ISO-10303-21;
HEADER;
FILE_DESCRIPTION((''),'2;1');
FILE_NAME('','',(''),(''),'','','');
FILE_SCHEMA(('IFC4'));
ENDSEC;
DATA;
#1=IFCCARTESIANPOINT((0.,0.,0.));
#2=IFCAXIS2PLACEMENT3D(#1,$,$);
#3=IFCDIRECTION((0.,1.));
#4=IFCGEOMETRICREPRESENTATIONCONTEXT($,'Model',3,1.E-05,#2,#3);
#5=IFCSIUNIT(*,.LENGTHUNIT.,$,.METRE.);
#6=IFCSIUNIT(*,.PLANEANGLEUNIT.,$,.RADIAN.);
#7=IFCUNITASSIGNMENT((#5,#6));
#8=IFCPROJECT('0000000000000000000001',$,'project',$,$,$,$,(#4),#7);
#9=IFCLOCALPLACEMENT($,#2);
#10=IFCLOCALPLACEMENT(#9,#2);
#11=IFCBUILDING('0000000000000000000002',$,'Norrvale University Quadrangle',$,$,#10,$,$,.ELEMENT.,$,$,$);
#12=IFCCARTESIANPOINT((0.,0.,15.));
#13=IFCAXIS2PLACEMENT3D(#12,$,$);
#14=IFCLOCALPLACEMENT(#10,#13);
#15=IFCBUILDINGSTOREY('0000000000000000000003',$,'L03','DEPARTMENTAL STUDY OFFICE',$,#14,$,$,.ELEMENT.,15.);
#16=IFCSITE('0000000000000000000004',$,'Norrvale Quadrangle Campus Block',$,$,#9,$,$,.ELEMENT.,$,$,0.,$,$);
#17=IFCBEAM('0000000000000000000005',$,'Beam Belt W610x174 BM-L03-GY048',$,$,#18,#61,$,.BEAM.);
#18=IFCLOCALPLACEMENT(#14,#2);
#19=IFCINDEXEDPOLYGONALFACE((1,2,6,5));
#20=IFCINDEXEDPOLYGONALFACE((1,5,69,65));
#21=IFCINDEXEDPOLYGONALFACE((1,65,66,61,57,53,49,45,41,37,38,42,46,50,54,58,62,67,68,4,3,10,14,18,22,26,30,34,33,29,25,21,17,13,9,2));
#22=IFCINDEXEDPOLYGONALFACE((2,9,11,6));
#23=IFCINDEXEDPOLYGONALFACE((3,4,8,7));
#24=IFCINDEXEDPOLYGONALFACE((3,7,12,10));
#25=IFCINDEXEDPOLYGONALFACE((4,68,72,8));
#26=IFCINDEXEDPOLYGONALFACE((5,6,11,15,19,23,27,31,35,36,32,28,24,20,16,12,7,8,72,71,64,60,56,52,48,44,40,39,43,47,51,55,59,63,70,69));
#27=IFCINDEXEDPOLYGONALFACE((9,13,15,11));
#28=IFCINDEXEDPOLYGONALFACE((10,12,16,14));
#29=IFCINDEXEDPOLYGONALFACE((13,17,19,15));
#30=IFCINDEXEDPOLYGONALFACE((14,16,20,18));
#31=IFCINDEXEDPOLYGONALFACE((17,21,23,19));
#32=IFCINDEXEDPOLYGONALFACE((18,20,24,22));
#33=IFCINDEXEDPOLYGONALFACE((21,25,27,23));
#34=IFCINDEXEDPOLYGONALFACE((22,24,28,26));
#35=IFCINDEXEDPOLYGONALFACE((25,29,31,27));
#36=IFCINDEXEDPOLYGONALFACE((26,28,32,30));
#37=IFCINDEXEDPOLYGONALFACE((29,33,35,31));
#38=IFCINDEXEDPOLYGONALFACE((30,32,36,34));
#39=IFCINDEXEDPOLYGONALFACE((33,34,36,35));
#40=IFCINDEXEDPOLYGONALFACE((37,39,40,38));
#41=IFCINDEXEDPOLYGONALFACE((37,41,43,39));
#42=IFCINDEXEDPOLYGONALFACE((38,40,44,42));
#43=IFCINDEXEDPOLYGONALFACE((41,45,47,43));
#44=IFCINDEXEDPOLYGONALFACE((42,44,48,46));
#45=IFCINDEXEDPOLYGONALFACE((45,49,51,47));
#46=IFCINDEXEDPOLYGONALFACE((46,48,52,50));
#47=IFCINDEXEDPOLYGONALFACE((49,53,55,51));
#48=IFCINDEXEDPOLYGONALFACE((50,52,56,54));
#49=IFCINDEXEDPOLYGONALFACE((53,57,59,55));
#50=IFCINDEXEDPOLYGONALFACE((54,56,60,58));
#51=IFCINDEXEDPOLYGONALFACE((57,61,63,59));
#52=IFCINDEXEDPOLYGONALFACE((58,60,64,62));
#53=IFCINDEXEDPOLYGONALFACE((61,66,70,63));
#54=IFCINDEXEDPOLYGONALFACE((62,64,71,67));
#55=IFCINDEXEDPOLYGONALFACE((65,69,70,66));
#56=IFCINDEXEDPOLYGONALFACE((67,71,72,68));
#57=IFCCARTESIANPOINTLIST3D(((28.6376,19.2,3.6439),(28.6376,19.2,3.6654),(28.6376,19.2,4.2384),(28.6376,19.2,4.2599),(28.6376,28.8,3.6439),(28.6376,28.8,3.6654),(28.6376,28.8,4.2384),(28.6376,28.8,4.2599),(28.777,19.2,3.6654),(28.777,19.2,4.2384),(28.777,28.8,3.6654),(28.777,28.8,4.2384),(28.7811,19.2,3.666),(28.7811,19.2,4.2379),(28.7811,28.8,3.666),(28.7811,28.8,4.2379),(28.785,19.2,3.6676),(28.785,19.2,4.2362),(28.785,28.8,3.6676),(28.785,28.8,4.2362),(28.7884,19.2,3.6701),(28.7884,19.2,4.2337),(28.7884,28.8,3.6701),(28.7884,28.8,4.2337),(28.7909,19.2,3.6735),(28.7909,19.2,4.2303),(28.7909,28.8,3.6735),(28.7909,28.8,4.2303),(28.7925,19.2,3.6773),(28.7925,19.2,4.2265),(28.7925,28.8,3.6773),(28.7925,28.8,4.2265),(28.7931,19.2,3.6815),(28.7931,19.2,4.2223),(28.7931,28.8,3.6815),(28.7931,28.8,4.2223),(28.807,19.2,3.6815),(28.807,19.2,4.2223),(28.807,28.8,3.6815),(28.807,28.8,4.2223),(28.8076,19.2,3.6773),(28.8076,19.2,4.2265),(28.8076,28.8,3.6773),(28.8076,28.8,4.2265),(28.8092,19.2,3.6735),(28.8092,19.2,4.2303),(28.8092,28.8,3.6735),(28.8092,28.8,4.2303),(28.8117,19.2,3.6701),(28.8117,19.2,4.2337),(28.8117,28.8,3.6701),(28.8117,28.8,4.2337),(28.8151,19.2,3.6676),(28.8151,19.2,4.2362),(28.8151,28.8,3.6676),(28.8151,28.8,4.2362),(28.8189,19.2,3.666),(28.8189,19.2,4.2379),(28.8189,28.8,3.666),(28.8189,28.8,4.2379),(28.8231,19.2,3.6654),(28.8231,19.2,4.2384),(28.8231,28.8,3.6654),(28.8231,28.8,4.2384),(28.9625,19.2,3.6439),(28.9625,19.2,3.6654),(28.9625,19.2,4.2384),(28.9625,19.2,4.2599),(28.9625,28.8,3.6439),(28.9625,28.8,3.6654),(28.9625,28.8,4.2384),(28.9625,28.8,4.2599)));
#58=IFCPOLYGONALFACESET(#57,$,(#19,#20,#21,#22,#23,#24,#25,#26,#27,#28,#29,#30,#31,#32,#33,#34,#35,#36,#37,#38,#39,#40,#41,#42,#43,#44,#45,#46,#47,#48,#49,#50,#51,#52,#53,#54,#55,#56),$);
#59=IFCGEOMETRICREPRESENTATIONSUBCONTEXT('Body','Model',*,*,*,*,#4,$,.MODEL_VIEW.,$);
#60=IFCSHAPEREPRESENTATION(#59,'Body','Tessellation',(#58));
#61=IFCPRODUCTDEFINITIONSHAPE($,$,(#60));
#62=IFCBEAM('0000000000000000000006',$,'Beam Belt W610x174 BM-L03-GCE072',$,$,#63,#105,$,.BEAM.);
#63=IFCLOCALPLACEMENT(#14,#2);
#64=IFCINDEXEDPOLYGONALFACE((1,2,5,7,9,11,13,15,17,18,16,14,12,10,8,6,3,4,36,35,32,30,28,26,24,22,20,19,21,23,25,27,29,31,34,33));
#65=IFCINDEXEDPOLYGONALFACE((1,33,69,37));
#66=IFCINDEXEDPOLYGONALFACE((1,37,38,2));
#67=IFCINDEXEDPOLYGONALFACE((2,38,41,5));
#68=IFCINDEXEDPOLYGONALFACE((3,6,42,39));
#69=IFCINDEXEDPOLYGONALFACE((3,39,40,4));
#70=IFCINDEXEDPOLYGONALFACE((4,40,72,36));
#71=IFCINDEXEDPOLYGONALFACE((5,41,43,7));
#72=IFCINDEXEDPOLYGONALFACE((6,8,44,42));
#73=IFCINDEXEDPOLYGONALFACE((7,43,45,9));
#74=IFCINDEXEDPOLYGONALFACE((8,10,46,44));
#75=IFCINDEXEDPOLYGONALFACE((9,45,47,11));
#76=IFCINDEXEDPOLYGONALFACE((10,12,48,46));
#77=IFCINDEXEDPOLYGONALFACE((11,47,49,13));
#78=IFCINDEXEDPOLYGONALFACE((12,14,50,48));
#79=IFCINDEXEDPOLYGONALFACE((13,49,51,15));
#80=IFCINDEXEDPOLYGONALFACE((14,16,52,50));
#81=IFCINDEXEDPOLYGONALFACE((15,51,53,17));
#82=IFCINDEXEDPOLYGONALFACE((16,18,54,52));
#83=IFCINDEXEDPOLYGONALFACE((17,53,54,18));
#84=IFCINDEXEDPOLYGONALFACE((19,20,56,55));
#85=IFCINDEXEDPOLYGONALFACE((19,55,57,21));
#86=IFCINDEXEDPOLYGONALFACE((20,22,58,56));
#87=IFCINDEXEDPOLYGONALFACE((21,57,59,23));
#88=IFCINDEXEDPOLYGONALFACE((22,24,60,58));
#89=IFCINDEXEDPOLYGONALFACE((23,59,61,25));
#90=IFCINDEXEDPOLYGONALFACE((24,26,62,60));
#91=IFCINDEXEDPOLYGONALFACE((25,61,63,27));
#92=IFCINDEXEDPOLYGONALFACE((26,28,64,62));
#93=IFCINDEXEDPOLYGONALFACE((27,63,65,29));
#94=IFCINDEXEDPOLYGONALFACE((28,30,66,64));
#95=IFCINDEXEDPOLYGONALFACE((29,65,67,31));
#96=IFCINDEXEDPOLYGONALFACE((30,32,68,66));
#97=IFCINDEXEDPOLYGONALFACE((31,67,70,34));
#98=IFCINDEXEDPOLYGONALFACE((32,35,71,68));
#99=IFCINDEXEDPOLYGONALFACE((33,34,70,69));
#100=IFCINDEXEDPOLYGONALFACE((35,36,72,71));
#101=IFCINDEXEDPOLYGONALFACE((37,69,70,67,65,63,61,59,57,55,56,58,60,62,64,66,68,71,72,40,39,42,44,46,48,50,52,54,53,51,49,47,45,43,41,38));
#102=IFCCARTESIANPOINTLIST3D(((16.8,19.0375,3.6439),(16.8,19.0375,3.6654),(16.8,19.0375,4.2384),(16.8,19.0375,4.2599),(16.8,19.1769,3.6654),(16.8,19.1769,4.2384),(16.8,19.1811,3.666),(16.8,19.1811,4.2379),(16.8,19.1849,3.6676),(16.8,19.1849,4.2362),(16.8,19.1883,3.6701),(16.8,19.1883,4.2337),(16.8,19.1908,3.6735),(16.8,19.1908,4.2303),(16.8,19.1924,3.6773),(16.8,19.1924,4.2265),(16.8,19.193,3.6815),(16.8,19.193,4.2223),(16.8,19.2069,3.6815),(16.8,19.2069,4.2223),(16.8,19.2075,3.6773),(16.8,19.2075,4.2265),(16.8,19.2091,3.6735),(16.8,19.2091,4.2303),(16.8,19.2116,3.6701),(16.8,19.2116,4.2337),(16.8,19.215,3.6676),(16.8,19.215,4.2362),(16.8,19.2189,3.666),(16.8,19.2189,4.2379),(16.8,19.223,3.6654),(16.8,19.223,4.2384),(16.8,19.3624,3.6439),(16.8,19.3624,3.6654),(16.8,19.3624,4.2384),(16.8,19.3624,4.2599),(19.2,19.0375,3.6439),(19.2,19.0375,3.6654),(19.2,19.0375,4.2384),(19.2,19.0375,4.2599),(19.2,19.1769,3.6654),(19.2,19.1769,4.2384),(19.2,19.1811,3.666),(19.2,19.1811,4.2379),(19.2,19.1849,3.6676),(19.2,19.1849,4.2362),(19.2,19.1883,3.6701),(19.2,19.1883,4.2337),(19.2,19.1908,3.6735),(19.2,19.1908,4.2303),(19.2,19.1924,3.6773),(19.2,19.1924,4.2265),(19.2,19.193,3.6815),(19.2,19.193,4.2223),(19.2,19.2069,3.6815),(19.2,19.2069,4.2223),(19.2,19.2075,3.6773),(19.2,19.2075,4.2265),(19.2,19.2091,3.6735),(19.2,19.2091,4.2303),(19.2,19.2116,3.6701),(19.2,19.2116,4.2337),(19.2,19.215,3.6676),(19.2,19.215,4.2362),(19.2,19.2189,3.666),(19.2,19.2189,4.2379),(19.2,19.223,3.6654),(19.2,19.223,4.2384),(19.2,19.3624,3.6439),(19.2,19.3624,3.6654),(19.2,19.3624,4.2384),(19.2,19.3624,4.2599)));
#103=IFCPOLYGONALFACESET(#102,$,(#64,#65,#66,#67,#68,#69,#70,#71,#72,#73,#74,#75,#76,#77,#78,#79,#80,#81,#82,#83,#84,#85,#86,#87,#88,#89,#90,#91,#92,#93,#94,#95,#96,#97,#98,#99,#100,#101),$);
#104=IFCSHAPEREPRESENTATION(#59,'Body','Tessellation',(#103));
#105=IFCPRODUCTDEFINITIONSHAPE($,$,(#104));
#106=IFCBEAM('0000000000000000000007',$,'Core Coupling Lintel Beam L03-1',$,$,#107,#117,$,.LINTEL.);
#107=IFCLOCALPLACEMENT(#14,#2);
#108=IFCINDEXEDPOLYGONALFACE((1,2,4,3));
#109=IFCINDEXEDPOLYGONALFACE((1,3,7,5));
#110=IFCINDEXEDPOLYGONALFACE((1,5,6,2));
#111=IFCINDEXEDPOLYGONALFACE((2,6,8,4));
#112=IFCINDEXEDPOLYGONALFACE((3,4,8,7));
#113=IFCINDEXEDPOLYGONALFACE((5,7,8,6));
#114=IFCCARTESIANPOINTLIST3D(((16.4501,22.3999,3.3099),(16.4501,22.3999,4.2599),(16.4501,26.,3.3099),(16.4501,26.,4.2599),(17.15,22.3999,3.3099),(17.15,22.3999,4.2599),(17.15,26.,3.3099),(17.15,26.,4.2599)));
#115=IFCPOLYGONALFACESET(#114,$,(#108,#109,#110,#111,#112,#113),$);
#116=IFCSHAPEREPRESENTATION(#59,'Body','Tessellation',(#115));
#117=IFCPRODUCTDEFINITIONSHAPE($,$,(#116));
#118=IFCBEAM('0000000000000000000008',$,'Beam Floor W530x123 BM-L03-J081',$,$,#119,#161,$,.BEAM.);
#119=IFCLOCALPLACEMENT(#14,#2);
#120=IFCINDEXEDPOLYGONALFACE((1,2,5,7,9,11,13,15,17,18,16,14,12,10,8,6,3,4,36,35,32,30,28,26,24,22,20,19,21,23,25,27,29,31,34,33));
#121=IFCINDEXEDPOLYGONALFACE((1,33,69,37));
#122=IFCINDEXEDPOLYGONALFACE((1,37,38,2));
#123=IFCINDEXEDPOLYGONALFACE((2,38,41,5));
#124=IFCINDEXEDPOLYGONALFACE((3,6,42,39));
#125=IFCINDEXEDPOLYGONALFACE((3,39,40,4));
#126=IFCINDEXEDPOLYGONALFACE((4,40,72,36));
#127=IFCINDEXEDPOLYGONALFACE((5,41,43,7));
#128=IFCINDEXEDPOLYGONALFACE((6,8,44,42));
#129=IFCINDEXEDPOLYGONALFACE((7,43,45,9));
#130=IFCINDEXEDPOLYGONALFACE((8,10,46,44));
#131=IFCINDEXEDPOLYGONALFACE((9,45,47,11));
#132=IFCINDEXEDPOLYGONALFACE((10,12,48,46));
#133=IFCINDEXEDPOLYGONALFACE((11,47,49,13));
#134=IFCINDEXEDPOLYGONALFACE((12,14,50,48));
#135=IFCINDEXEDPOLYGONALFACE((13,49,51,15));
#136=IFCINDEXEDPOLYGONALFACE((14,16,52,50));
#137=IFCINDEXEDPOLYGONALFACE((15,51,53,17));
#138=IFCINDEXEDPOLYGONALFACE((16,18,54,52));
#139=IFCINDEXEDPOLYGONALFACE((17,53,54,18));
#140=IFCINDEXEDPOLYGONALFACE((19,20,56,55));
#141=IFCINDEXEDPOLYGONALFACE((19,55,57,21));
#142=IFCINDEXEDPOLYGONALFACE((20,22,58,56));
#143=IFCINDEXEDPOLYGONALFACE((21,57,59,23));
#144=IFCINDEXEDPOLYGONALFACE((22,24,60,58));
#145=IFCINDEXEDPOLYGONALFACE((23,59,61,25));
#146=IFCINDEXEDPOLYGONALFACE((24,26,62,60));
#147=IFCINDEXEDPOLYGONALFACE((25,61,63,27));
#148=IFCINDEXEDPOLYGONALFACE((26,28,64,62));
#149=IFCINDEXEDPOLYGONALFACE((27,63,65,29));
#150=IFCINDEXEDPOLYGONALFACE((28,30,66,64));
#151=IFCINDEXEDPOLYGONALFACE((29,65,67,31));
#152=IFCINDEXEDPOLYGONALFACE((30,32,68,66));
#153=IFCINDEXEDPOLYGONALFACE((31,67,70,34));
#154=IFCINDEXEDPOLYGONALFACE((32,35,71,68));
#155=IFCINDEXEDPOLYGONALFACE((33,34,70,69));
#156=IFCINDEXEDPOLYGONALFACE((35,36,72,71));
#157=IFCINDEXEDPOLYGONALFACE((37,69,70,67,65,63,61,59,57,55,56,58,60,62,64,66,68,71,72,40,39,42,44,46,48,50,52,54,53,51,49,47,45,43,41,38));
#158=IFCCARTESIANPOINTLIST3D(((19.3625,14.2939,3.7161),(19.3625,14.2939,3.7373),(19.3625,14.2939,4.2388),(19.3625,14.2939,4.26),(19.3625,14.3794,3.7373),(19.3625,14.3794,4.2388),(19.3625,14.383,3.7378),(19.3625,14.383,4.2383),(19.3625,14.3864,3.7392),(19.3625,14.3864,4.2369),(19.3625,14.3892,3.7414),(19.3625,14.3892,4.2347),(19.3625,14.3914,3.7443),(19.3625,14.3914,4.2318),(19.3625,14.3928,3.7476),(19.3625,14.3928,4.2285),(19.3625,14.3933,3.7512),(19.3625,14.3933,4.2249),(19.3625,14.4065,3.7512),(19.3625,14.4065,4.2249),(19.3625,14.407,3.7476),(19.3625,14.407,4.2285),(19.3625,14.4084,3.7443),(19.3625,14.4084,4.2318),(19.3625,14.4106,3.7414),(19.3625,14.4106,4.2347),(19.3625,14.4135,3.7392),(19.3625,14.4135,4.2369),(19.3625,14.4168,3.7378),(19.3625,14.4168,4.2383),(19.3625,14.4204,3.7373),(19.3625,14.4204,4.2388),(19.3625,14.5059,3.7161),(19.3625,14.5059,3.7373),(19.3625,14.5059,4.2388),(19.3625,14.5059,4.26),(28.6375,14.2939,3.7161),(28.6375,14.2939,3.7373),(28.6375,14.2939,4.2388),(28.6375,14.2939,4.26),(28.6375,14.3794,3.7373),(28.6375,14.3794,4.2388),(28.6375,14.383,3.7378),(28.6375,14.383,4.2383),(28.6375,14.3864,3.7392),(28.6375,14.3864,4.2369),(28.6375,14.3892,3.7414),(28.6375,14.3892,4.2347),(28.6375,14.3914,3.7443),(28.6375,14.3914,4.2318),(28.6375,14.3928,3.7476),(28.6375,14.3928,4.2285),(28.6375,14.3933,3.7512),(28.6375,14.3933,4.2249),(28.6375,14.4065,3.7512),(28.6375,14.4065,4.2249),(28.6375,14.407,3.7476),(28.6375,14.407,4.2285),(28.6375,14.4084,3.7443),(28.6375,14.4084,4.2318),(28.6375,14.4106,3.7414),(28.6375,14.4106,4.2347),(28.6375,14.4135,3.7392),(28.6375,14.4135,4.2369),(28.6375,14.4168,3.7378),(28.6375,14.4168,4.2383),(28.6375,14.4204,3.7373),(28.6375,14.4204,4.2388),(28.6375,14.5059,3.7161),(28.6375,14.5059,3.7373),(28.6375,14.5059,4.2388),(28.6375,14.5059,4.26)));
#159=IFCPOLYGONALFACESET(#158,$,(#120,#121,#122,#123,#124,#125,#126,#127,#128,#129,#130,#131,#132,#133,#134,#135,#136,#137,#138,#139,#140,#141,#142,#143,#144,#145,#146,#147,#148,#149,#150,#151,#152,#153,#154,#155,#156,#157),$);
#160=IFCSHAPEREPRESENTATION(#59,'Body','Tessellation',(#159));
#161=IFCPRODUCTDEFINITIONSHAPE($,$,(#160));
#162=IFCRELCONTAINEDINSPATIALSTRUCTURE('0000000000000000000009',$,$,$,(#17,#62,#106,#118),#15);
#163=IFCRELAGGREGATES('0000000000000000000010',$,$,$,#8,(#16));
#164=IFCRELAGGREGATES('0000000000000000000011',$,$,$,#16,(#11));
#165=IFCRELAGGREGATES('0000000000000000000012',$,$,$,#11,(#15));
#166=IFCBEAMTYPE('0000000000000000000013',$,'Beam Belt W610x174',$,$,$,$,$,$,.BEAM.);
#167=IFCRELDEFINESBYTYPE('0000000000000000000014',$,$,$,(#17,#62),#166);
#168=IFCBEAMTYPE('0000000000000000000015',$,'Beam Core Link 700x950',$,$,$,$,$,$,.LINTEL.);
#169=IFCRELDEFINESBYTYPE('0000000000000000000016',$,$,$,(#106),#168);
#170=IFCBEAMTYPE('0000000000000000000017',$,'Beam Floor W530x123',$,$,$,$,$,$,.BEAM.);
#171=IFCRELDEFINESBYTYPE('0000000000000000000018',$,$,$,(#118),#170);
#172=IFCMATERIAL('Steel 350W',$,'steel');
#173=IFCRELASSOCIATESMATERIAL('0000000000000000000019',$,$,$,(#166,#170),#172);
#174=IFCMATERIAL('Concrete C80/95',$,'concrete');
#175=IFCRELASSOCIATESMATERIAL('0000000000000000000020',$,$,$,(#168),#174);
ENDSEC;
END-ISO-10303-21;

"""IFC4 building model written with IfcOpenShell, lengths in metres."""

from ifc_helpers import new_model, si_unit, direction, frame, origin, origin_2d, place, context, subcontext, project, spatial, rectangle, i_section, extrude, material, material_profile, profile_set, type_object, element, save


model = new_model("IFC4")

# Units and contexts
model_context = context("Model", 3, precision=1e-05, world=origin(), true_north=direction((0.0, 1.0)))
body_context = subcontext(model_context, "Body", "Model", "MODEL_VIEW")
ifc_project = project(units=[si_unit("LENGTHUNIT", "METRE"), si_unit("PLANEANGLEUNIT", "RADIAN")], contexts=[model_context])

# Site, building, storey
site_placement = place(None, origin())
site = spatial("IfcSite", under=ifc_project, at=site_placement, Name="Norrvale Quadrangle Campus Block", CompositionType="ELEMENT", RefElevation=0.0)
building_placement = place(site_placement, origin())
building = spatial("IfcBuilding", under=site, at=building_placement, Name="Norrvale University Quadrangle", CompositionType="ELEMENT")
storey_placement = place(building_placement, frame((0.0, 0.0, 15.0)))
storey = spatial("IfcBuildingStorey", under=building, at=storey_placement, Name="L03", Description="DEPARTMENTAL STUDY OFFICE", CompositionType="ELEMENT", Elevation=15.0)

# Shared definitions
ifc_material_1 = material(Name="Concrete C80/95", Category="concrete")

# Beams
ifc_material_2 = material(Name="Steel 350W", Category="steel")
ifc_material_profile_1 = material_profile(ifc_material_2, i_section(OverallWidth=0.325, OverallDepth=0.616, WebThickness=0.0139, FlangeThickness=0.0215, FilletRadius=0.0161, at=origin_2d()), Name="Steel 350W")
ifc_profile_set_1 = profile_set([ifc_material_profile_1], Name="Steel 350W")
beam_type_1 = type_object("IfcBeamType", Name="Beam Belt W610x174", PredefinedType="BEAM", material=ifc_profile_set_1)
for number, where, z_axis, x_axis, name in (
    (1, (28.8, 19.2, 3.9519), (0.0, 1.0, 0.0), (-1.0, 0.0, 0.0), "Beam Belt W610x174 BM-L03-GY048"),
):
    element("IfcBeam", number, at=place(storey_placement, frame(where, z_axis=z_axis, x_axis=x_axis)), inside=storey, type_object=beam_type_1, Name=name, PredefinedType="BEAM", context=body_context, shape_type="SweptSolid", body=[
        extrude(i_section(OverallWidth=0.325, OverallDepth=0.616, WebThickness=0.0139, FlangeThickness=0.0215, FilletRadius=0.0161, at=origin_2d()), origin(), (0.0, 0.0, 1.0), 9.6001),
    ])
beam_1_placement = place(storey_placement, frame((16.8, 19.2, 3.9519), z_axis=(1.0, 0.0, 0.0), x_axis=(0.0, 1.0, 0.0)))
element("IfcBeam", 2, at=beam_1_placement, inside=storey, type_object=beam_type_1, Name="Beam Belt W610x174 BM-L03-GCE072", PredefinedType="BEAM", context=body_context, shape_type="SweptSolid", body=[
    extrude(i_section(OverallWidth=0.325, OverallDepth=0.616, WebThickness=0.0139, FlangeThickness=0.0215, FilletRadius=0.0161, at=origin_2d()), origin(), (0.0, 0.0, 1.0), 2.3999),
])
ifc_material_profile_2 = material_profile(ifc_material_1, rectangle(XDim=0.7, YDim=0.95, at=origin_2d()), Name="Concrete C80/95")
ifc_profile_set_2 = profile_set([ifc_material_profile_2], Name="Concrete C80/95")
beam_type_2 = type_object("IfcBeamType", Name="Beam Core Link 700x950", PredefinedType="LINTEL", material=ifc_profile_set_2)
beam_2_placement = place(storey_placement, frame((16.8, 22.3999, 3.7849), z_axis=(0.0, 1.0, 0.0), x_axis=(-1.0, 0.0, 0.0)))
element("IfcBeam", 3, at=beam_2_placement, inside=storey, type_object=beam_type_2, Name="Core Coupling Lintel Beam L03-1", PredefinedType="LINTEL", context=body_context, shape_type="SweptSolid", body=[
    extrude(rectangle(XDim=0.7, YDim=0.95, at=origin_2d()), origin(), (0.0, 0.0, 1.0), 3.6001),
])
ifc_material_profile_3 = material_profile(ifc_material_2, i_section(OverallWidth=0.2119, OverallDepth=0.5439, WebThickness=0.0132, FlangeThickness=0.0212, FilletRadius=0.0139, at=origin_2d()), Name="Steel 350W")
ifc_profile_set_3 = profile_set([ifc_material_profile_3], Name="Steel 350W")
beam_type_3 = type_object("IfcBeamType", Name="Beam Floor W530x123", PredefinedType="BEAM", material=ifc_profile_set_3)
for number, where, z_axis, x_axis, name in (
    (4, (19.3625, 14.3999, 3.988), (1.0, 0.0, 0.0), (0.0, 1.0, 0.0), "Beam Floor W530x123 BM-L03-J081"),
):
    element("IfcBeam", number, at=place(storey_placement, frame(where, z_axis=z_axis, x_axis=x_axis)), inside=storey, type_object=beam_type_3, Name=name, PredefinedType="BEAM", context=body_context, shape_type="SweptSolid", body=[
        extrude(i_section(OverallWidth=0.2119, OverallDepth=0.5439, WebThickness=0.0132, FlangeThickness=0.0212, FilletRadius=0.0139, at=origin_2d()), origin(), (0.0, 0.0, 1.0), 9.2749),
    ])

save(model, "model.ifc")
